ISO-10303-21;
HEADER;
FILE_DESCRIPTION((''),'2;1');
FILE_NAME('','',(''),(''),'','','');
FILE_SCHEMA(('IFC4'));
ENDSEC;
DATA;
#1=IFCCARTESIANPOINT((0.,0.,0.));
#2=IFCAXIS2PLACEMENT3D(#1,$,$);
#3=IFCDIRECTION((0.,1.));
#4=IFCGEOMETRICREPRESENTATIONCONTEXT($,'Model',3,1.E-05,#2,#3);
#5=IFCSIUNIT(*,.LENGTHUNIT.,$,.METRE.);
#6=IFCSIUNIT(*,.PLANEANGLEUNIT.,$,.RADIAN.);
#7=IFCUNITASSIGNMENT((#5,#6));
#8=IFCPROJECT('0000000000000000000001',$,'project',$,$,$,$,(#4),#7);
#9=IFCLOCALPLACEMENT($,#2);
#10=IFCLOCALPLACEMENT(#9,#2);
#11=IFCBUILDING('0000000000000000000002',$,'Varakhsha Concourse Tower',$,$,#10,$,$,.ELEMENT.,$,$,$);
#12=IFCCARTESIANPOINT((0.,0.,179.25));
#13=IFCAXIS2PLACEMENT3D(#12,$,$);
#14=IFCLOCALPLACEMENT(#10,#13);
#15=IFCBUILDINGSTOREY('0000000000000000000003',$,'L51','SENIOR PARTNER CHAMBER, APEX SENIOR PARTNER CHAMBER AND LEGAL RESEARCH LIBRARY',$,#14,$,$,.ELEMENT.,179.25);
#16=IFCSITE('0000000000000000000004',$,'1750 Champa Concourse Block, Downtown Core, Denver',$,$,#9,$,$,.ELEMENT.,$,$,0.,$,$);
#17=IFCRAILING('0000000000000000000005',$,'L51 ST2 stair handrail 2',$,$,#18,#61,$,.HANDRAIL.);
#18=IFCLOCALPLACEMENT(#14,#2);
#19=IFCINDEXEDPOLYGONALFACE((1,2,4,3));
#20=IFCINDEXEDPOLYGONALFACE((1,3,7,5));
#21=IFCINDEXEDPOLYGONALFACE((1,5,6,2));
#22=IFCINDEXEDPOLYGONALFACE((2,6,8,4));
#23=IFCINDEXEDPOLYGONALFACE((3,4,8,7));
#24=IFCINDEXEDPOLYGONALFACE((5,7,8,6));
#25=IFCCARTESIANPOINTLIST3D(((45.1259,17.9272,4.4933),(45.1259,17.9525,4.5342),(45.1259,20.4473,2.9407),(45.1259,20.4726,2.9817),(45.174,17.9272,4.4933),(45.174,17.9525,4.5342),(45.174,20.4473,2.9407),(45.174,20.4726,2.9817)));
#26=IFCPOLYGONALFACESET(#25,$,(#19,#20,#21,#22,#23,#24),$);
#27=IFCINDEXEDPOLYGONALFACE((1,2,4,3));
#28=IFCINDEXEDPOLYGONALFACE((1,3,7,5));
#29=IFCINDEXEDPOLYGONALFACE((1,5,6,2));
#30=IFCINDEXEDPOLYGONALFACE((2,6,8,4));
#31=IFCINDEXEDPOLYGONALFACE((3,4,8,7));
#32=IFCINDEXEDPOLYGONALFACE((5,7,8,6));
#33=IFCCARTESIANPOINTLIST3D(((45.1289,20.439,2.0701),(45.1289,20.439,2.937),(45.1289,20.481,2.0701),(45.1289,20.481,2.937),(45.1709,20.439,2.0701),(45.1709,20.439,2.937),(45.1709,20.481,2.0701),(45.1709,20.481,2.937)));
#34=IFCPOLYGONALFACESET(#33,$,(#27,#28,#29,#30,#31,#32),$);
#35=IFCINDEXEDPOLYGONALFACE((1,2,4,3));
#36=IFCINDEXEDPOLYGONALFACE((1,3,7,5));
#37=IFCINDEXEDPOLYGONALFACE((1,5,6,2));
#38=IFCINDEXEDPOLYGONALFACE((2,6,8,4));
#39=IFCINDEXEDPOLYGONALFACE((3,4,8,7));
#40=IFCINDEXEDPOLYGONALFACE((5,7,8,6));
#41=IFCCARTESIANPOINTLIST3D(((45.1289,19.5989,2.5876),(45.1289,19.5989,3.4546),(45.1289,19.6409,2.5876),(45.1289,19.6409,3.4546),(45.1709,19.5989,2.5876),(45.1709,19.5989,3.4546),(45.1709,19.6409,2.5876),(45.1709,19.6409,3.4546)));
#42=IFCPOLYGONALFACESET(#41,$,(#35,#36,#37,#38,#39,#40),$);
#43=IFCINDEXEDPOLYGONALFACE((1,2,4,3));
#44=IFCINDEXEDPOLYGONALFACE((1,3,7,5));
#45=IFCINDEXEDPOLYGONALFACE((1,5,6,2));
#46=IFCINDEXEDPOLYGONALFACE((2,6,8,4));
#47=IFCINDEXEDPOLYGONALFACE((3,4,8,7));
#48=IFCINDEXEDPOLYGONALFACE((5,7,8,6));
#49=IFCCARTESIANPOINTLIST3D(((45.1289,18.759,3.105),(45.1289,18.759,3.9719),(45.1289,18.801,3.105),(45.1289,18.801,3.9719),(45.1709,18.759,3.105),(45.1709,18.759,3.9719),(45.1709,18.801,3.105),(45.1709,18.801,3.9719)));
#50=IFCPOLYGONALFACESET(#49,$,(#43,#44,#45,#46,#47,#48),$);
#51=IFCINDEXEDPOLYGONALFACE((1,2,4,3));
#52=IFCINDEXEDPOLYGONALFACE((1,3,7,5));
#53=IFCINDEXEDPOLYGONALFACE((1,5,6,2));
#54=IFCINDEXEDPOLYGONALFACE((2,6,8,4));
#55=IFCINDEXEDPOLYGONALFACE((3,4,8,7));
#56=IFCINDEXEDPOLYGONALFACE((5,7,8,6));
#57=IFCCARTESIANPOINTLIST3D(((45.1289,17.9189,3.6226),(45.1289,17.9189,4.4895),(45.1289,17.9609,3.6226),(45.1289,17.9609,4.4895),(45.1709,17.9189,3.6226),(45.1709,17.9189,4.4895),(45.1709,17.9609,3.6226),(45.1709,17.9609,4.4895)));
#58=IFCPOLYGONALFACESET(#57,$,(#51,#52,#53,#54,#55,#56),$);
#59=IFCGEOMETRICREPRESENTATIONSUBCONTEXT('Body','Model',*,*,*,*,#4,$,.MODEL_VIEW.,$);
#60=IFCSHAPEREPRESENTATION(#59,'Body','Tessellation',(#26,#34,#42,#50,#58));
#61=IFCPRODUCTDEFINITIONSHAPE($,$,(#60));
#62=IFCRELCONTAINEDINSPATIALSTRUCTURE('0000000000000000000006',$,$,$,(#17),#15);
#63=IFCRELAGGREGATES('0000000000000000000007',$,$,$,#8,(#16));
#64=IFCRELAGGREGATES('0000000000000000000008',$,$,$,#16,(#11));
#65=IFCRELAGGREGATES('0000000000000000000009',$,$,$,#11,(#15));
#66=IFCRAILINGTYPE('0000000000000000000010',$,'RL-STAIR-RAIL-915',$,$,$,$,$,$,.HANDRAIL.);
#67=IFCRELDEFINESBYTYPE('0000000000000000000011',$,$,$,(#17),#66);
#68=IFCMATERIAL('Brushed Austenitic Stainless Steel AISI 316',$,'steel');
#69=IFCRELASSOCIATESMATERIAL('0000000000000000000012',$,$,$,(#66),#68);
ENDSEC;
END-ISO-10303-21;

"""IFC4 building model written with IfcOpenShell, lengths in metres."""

from ifc_helpers import new_model, si_unit, direction, frame, origin, origin_2d, place, context, subcontext, project, spatial, rectangle, extrude, material, type_object, element, save


model = new_model("IFC4")

# Units and contexts
model_context = context("Model", 3, precision=1e-05, world=origin(), true_north=direction((0.0, 1.0)))
body_context = subcontext(model_context, "Body", "Model", "MODEL_VIEW")
ifc_project = project(units=[si_unit("LENGTHUNIT", "METRE"), si_unit("PLANEANGLEUNIT", "RADIAN")], contexts=[model_context])

# Site, building, storey
site_placement = place(None, origin())
site = spatial("IfcSite", under=ifc_project, at=site_placement, Name="1750 Champa Concourse Block, Downtown Core, Denver", CompositionType="ELEMENT", RefElevation=0.0)
building_placement = place(site_placement, origin())
building = spatial("IfcBuilding", under=site, at=building_placement, Name="Varakhsha Concourse Tower", CompositionType="ELEMENT")
storey_placement = place(building_placement, frame((0.0, 0.0, 179.25)))
storey = spatial("IfcBuildingStorey", under=building, at=storey_placement, Name="L51", Description="SENIOR PARTNER CHAMBER, APEX SENIOR PARTNER CHAMBER AND LEGAL RESEARCH LIBRARY", CompositionType="ELEMENT", Elevation=179.25)

# Railing
ifc_material_1 = material(Name="Brushed Austenitic Stainless Steel AISI 316", Category="steel")
railing_type_1 = type_object("IfcRailingType", Name="RL-STAIR-RAIL-915", PredefinedType="HANDRAIL", material=ifc_material_1)
railing_1_placement = place(storey_placement, frame((45.1499, 20.46, 2.0701)))
element("IfcRailing", 1, at=railing_1_placement, inside=storey, type_object=railing_type_1, Name="L51 ST2 stair handrail 2", PredefinedType="HANDRAIL", context=body_context, shape_type="SweptSolid", body=[
    extrude(rectangle(XDim=0.0481, YDim=0.0481, at=origin_2d()), frame((0.0, 0.0, 0.8911), z_axis=(0.0, -0.8514, 0.524516), x_axis=(1.0, 0.0, 0.0)), (0.0, 0.0, 1.0), 2.96),
    extrude(rectangle(XDim=0.042, YDim=0.042, at=origin_2d()), origin(), (0.0, 0.0, 1.0), 0.8669),
    extrude(rectangle(XDim=0.042, YDim=0.042, at=origin_2d()), frame((0.0, -0.8401, 0.5176)), (0.0, 0.0, 1.0), 0.8669),
    extrude(rectangle(XDim=0.042, YDim=0.042, at=origin_2d()), frame((0.0, -1.6799, 1.0349)), (0.0, 0.0, 1.0), 0.8669),
    extrude(rectangle(XDim=0.042, YDim=0.042, at=origin_2d()), frame((0.0, -2.52, 1.5525)), (0.0, 0.0, 1.0), 0.8669),
])

save(model, "model.ifc")
